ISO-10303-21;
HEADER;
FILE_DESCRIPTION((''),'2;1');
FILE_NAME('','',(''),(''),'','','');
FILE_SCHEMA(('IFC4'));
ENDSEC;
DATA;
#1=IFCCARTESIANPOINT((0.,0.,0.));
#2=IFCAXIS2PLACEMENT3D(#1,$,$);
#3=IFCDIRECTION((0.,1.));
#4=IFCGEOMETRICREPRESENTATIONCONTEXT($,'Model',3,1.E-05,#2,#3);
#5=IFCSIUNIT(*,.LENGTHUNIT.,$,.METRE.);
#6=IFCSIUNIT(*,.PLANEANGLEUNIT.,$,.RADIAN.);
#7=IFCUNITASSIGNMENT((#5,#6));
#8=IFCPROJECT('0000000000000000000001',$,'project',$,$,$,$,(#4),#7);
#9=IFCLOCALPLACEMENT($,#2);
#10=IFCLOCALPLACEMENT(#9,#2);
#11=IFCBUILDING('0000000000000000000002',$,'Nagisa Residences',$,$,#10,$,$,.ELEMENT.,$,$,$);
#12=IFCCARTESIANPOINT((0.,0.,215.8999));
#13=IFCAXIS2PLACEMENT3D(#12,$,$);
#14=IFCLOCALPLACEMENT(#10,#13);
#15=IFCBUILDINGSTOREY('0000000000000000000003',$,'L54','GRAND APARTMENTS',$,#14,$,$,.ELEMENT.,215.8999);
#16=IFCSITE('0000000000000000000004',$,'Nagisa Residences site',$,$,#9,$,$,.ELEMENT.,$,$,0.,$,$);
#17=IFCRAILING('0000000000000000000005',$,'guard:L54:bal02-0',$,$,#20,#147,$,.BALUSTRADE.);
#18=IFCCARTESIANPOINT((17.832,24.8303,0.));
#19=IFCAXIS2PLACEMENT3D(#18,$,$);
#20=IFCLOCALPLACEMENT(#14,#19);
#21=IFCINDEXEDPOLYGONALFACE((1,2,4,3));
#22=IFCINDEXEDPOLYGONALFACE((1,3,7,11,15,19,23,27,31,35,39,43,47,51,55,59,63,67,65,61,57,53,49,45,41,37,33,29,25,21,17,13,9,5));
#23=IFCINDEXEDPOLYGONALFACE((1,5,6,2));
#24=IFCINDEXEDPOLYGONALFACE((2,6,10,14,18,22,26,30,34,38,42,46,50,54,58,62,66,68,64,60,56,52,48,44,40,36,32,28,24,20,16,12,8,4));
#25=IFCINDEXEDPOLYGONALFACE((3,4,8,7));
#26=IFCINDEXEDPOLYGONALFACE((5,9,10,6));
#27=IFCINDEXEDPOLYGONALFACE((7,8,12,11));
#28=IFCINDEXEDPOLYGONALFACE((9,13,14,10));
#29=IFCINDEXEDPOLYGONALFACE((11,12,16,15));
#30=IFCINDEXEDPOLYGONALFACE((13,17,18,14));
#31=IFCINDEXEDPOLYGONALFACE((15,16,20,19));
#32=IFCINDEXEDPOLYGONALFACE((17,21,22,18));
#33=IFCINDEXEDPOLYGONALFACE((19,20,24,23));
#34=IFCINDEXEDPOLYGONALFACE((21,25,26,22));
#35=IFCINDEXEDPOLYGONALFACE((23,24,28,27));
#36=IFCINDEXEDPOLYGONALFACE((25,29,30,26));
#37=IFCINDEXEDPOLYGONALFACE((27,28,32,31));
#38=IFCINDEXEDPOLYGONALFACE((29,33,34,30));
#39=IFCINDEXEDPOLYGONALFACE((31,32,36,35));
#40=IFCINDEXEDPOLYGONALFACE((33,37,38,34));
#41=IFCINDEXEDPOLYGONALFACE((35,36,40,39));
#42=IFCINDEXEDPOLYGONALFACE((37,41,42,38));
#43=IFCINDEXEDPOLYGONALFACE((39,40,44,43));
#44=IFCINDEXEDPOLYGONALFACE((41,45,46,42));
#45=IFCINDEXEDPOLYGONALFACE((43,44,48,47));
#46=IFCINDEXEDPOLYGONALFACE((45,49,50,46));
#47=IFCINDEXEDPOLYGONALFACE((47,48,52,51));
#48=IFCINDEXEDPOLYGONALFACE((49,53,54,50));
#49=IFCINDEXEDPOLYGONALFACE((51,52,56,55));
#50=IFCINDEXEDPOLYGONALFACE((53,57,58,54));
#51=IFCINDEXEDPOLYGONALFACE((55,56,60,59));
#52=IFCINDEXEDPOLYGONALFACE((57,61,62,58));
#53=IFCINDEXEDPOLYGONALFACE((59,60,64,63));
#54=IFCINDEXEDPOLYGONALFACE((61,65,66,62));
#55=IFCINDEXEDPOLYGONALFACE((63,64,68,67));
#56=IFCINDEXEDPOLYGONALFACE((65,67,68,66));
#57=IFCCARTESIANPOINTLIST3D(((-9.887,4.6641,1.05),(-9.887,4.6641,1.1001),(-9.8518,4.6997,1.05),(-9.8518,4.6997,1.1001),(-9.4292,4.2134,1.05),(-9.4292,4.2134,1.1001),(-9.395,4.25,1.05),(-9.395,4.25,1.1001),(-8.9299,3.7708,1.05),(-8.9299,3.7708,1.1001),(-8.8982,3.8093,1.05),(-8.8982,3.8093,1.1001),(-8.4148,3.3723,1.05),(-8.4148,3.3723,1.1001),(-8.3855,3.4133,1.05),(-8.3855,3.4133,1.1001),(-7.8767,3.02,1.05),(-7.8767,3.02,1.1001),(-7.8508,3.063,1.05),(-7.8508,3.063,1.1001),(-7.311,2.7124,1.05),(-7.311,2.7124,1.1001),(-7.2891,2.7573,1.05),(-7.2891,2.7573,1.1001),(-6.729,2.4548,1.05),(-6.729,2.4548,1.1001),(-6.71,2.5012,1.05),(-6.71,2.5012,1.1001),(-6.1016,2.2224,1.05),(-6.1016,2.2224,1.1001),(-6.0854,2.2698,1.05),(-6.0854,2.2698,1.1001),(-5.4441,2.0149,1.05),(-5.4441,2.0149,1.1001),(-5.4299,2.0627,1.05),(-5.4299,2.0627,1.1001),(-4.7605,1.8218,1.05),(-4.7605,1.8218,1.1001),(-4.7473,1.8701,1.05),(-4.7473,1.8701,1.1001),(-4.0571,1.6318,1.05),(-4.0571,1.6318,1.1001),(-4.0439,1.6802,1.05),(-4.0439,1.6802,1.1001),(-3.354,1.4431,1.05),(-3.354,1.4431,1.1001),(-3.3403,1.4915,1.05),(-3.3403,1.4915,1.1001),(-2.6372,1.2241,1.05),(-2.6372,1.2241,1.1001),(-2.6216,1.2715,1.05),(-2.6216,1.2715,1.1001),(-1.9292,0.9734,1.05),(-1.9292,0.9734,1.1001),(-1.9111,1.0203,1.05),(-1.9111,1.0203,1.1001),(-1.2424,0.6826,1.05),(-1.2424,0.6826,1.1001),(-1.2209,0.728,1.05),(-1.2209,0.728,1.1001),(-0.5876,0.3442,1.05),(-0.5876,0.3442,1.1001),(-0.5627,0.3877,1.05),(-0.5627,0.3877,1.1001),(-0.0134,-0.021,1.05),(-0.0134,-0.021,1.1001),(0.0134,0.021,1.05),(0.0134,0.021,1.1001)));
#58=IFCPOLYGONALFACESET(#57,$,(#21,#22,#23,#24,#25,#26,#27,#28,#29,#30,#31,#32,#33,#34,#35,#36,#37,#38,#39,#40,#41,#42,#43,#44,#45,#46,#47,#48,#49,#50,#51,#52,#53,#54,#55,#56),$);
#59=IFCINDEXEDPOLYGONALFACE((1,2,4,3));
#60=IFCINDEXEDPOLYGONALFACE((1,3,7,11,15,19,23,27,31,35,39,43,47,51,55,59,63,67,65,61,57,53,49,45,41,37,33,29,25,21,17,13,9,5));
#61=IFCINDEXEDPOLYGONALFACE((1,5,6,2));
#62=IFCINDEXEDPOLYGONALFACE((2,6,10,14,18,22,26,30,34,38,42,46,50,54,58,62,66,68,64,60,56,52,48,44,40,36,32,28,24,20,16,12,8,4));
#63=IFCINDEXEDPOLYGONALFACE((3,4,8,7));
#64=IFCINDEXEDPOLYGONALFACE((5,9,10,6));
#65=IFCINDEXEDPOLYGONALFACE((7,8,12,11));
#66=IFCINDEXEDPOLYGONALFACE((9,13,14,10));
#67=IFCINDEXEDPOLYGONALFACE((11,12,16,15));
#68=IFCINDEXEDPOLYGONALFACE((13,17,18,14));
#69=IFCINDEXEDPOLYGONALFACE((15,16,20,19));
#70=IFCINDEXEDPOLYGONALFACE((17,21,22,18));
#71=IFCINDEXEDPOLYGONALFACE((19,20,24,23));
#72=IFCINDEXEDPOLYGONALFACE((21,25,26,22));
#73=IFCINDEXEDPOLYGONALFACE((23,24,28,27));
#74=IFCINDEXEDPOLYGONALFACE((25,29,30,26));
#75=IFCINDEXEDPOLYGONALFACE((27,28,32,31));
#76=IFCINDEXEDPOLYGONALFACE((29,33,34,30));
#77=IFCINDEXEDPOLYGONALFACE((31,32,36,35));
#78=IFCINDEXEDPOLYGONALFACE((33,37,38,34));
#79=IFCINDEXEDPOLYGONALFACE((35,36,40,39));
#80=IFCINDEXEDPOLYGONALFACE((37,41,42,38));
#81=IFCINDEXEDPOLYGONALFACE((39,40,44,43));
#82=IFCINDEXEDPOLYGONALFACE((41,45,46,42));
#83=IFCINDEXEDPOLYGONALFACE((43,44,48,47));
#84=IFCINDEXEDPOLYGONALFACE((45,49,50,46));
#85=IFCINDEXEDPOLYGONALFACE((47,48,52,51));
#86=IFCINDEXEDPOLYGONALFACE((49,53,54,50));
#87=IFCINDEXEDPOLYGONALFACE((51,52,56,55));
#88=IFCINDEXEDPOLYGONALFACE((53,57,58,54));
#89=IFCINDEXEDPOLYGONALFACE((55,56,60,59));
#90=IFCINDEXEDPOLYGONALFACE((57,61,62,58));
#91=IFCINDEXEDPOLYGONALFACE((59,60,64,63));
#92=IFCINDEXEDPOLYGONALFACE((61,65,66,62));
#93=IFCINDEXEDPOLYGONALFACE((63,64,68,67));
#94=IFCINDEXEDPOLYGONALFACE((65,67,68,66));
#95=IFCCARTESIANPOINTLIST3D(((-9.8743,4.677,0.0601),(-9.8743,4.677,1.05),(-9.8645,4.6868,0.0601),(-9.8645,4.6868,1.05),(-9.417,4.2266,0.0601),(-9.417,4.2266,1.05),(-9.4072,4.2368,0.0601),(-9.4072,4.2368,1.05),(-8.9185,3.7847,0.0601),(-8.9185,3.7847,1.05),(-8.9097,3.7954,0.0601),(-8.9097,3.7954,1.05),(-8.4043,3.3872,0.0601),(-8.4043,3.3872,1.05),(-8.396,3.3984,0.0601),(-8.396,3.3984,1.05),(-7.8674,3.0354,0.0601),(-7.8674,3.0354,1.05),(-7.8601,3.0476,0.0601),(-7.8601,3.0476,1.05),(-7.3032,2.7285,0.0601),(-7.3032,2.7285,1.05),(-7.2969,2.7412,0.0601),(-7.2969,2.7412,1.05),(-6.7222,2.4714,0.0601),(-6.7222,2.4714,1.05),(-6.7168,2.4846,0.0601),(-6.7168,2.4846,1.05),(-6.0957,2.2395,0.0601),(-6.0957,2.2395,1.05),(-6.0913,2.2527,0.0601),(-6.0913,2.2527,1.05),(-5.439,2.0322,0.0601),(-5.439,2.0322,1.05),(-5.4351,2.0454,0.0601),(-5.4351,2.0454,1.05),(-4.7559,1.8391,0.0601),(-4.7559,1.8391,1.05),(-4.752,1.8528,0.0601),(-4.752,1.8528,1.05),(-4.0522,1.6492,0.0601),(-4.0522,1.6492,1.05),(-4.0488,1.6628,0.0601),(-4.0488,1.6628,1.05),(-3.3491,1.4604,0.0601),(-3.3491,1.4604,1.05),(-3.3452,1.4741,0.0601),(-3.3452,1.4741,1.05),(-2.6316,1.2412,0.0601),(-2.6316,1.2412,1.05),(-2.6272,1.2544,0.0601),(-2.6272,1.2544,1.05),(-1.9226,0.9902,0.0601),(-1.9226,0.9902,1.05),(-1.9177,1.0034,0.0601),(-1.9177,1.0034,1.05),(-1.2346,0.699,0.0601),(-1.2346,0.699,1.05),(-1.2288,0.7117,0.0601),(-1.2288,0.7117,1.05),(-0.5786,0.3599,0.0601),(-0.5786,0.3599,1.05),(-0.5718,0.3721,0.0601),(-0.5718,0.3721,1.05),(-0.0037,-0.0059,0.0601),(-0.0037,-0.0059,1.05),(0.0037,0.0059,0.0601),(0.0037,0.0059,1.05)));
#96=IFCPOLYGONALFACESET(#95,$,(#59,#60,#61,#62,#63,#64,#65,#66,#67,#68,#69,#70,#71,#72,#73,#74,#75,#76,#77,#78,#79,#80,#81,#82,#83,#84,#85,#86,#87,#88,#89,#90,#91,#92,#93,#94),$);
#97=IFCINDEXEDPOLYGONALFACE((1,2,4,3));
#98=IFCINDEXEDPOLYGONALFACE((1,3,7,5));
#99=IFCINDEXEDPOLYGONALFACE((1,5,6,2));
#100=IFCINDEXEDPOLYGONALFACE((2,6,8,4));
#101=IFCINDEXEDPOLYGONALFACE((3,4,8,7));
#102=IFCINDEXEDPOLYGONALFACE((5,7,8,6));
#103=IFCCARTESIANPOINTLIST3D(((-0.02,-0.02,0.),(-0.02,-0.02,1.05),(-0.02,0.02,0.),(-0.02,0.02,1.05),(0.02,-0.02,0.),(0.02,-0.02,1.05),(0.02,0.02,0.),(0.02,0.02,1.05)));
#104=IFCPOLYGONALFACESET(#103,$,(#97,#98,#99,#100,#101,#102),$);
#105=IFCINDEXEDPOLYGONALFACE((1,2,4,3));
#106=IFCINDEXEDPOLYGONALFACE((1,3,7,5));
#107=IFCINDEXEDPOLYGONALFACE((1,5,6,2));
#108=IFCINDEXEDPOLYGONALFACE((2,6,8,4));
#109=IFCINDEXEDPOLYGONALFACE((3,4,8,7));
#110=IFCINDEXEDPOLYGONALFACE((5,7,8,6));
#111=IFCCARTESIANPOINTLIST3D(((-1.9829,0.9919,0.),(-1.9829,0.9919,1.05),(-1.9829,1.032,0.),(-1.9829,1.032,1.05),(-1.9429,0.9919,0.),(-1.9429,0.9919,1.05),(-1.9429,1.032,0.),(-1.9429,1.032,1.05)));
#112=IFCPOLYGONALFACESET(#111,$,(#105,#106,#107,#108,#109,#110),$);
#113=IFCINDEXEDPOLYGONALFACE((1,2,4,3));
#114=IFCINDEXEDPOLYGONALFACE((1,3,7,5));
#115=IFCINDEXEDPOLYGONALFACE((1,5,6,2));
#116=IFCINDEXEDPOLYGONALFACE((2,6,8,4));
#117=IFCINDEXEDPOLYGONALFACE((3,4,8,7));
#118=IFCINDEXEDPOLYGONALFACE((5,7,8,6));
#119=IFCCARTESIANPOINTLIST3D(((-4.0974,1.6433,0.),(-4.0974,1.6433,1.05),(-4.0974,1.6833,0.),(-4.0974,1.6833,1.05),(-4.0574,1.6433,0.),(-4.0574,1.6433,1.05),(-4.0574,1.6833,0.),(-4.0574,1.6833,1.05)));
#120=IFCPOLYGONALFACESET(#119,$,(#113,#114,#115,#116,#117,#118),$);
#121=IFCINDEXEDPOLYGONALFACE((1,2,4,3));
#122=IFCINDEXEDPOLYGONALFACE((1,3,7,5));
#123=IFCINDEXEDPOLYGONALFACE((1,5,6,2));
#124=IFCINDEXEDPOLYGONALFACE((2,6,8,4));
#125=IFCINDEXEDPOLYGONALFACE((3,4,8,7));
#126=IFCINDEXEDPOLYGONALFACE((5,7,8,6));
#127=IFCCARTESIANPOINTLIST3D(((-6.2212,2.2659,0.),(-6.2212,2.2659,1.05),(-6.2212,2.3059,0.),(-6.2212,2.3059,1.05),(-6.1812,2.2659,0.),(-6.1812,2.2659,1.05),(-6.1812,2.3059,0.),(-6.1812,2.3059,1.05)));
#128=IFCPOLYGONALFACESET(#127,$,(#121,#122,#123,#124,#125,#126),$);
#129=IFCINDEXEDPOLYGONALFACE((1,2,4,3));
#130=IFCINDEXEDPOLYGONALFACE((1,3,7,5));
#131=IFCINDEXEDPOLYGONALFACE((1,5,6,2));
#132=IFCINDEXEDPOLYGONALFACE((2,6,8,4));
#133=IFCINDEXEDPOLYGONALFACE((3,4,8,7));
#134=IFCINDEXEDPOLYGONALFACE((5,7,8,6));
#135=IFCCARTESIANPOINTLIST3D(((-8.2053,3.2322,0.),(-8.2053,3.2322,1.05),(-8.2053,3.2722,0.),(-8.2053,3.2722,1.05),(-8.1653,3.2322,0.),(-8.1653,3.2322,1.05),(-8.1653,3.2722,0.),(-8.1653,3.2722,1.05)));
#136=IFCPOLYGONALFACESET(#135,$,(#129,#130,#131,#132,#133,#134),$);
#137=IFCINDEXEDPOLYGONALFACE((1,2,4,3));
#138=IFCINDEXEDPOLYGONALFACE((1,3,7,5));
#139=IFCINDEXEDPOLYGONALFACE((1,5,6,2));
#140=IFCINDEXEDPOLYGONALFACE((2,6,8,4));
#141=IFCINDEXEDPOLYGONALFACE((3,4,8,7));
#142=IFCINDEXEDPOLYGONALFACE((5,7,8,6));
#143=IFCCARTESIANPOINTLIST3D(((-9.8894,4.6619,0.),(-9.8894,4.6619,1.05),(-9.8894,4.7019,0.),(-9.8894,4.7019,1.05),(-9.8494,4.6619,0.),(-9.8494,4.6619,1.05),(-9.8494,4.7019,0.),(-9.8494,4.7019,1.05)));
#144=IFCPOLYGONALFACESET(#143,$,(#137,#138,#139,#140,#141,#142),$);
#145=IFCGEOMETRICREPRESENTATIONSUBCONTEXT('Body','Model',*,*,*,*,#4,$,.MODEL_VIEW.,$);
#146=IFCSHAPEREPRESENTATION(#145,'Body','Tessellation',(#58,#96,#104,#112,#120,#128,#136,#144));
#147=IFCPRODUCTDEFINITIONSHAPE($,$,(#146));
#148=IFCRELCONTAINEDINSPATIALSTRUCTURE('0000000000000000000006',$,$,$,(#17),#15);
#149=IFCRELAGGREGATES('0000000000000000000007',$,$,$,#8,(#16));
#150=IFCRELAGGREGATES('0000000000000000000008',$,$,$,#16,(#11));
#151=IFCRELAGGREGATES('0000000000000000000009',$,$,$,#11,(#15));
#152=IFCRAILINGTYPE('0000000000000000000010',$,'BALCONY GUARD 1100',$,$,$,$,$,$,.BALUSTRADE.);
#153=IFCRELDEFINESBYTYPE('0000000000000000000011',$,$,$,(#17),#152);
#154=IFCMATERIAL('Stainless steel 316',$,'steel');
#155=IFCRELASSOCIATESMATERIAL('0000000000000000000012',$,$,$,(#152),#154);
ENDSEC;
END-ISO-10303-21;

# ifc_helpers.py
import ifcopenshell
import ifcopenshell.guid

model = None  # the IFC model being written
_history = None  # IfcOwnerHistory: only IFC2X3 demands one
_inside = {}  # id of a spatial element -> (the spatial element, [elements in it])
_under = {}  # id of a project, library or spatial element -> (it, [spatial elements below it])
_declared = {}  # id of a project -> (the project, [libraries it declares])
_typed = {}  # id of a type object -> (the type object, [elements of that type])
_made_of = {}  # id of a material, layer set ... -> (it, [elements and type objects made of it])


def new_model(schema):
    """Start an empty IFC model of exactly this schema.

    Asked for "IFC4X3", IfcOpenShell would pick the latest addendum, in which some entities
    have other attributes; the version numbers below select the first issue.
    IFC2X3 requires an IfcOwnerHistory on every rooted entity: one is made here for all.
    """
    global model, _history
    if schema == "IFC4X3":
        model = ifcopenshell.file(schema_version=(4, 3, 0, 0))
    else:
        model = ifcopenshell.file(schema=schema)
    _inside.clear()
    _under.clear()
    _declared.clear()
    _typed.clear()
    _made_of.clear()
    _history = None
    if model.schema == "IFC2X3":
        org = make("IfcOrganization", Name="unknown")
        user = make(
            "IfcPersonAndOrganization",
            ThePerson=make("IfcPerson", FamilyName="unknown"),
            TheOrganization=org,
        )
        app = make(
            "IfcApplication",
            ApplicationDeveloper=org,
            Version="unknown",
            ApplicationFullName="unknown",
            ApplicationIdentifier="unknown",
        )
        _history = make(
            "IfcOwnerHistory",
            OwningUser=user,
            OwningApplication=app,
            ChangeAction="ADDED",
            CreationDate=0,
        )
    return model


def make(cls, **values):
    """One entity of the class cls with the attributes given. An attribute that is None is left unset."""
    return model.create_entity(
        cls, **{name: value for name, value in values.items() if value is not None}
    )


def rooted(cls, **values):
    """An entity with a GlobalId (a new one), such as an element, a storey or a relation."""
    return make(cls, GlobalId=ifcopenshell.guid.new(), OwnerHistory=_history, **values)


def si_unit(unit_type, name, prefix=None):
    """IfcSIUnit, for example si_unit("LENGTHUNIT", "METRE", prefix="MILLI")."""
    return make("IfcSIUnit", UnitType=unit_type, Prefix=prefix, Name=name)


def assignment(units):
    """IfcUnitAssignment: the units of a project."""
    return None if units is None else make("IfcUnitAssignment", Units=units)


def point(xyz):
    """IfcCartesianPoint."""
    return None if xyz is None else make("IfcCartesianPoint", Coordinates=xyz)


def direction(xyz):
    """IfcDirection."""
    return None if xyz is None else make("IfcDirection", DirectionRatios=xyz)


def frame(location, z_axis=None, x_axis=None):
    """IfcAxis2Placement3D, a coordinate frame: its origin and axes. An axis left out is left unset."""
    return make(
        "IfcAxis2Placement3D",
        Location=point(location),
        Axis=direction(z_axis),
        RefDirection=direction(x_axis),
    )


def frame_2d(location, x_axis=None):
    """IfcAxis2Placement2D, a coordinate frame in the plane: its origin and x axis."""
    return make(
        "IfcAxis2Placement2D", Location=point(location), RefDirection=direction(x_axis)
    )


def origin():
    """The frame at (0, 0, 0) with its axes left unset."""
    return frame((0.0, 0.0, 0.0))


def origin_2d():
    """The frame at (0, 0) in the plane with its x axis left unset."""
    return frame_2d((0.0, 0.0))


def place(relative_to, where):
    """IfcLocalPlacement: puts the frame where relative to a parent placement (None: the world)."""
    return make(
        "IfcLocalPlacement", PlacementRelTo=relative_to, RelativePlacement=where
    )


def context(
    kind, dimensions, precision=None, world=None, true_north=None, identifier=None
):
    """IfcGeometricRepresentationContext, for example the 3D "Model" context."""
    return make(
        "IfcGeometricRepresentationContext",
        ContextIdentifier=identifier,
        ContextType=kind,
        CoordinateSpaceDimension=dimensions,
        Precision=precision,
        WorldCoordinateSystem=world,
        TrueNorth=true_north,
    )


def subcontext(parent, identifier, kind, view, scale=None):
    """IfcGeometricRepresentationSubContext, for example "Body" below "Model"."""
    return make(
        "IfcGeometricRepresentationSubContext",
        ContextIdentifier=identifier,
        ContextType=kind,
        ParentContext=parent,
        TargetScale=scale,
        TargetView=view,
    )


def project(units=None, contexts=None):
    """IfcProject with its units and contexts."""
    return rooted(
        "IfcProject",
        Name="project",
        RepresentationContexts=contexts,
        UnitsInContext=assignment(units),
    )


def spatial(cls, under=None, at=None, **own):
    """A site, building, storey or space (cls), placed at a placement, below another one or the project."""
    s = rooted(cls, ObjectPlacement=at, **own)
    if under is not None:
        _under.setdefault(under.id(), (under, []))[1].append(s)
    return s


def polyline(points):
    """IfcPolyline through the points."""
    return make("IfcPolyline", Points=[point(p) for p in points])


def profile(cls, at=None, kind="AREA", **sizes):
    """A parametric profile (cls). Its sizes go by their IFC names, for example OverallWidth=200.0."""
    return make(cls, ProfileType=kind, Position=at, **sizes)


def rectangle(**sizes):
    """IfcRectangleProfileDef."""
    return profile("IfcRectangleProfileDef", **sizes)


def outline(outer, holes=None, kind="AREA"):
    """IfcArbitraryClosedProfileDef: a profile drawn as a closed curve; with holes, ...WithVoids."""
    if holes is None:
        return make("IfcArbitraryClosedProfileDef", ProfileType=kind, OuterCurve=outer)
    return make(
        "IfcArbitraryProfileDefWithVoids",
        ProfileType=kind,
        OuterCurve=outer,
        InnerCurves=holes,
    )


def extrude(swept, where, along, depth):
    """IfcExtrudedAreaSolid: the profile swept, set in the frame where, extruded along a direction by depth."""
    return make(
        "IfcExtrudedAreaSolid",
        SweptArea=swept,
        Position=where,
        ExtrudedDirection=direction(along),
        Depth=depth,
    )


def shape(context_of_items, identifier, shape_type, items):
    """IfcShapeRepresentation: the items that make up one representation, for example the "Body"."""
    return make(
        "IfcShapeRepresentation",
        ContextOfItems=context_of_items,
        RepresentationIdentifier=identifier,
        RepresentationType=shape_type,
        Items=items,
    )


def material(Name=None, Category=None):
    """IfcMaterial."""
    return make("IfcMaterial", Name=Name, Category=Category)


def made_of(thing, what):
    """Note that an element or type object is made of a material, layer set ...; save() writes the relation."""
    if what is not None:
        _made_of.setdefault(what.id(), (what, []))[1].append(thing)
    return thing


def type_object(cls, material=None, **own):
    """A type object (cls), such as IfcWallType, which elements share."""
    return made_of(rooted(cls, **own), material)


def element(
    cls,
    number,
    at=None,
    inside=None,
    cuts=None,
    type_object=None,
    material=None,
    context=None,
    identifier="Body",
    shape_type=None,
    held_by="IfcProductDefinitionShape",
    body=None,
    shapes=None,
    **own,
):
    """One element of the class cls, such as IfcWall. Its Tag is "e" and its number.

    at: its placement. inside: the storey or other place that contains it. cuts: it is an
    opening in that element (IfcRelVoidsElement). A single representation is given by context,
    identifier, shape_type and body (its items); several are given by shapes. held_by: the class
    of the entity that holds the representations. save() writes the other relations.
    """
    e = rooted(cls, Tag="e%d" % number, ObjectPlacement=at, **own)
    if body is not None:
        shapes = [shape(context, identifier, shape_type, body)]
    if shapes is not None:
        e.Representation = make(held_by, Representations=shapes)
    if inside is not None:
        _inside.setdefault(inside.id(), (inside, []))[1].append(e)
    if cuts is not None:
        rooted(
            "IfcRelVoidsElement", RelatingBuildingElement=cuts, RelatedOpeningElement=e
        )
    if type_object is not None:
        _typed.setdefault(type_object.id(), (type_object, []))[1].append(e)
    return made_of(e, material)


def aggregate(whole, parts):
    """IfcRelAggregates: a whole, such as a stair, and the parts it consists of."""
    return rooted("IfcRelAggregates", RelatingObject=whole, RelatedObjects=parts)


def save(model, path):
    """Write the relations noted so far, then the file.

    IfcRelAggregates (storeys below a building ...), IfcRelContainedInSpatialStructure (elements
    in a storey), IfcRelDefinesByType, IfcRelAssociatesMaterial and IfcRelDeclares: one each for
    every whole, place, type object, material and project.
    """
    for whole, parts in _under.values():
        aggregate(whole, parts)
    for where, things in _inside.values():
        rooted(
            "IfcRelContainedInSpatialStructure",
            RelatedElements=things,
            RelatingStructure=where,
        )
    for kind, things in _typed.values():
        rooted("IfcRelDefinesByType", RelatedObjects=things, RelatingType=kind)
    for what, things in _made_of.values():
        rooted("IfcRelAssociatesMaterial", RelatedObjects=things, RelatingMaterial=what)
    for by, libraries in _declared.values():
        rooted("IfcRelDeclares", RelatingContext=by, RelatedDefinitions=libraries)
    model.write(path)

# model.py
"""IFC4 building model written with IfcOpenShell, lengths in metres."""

from ifc_helpers import new_model, si_unit, direction, frame, origin, origin_2d, place, context, subcontext, project, spatial, polyline, rectangle, outline, extrude, material, type_object, element, save


model = new_model("IFC4")

# Units and contexts
model_context = context("Model", 3, precision=1e-05, world=origin(), true_north=direction((0.0, 1.0)))
body_context = subcontext(model_context, "Body", "Model", "MODEL_VIEW")
ifc_project = project(units=[si_unit("LENGTHUNIT", "METRE"), si_unit("PLANEANGLEUNIT", "RADIAN")], contexts=[model_context])

# Site, building, storey
site_placement = place(None, origin())
site = spatial("IfcSite", under=ifc_project, at=site_placement, Name="Nagisa Residences site", CompositionType="ELEMENT", RefElevation=0.0)
building_placement = place(site_placement, origin())
building = spatial("IfcBuilding", under=site, at=building_placement, Name="Nagisa Residences", CompositionType="ELEMENT")
storey_placement = place(building_placement, frame((0.0, 0.0, 215.8999)))
storey = spatial("IfcBuildingStorey", under=building, at=storey_placement, Name="L54", Description="GRAND APARTMENTS", CompositionType="ELEMENT", Elevation=215.8999)

# Railing
ifc_material_1 = material(Name="Stainless steel 316", Category="steel")
railing_type = type_object("IfcRailingType", Name="BALCONY GUARD 1100", PredefinedType="BALUSTRADE", material=ifc_material_1)
railing_1_placement = place(storey_placement, frame((17.832, 24.8303, 0.0)))
element("IfcRailing", 1, at=railing_1_placement, inside=storey, type_object=railing_type, Name="guard:L54:bal02-0", PredefinedType="BALUSTRADE", context=body_context, shape_type="SweptSolid", body=[
    extrude(outline(polyline([(-0.5876, 0.3442), (-0.0134, -0.021), (0.0134, 0.021), (-0.5627, 0.3877), (-1.2209, 0.728), (-1.9111, 1.0203), (-2.6216, 1.2715), (-3.3403, 1.4915), (-4.0439, 1.6802), (-4.7473, 1.8701), (-5.4299, 2.0627), (-6.0854, 2.2698), (-6.71, 2.5012), (-7.2891, 2.7573), (-7.8508, 3.063), (-8.3855, 3.4133), (-8.8982, 3.8093), (-9.395, 4.25), (-9.8518, 4.6997), (-9.887, 4.6641), (-9.4292, 4.2134), (-8.9299, 3.7708), (-8.4148, 3.3723), (-7.8767, 3.02), (-7.311, 2.7124), (-6.729, 2.4548), (-6.1016, 2.2224), (-5.4441, 2.0149), (-4.7605, 1.8218), (-4.0571, 1.6318), (-3.354, 1.4431), (-2.6372, 1.2241), (-1.9292, 0.9734), (-1.2424, 0.6826), (-0.5876, 0.3442)])), frame((0.0, 0.0, 1.05)), (0.0, 0.0, 1.0), 0.05),
    extrude(outline(polyline([(-0.5786, 0.3599), (-0.0037, -0.0059), (0.0037, 0.0059), (-0.5718, 0.3721), (-1.2288, 0.7117), (-1.9177, 1.0034), (-2.6272, 1.2544), (-3.3452, 1.4741), (-4.0488, 1.6628), (-4.752, 1.8528), (-5.4351, 2.0454), (-6.0913, 2.2527), (-6.7168, 2.4846), (-7.2969, 2.7412), (-7.8601, 3.0476), (-8.396, 3.3984), (-8.9097, 3.7954), (-9.4072, 4.2368), (-9.8645, 4.6868), (-9.8743, 4.677), (-9.417, 4.2266), (-8.9185, 3.7847), (-8.4043, 3.3872), (-7.8674, 3.0354), (-7.3032, 2.7285), (-6.7222, 2.4714), (-6.0957, 2.2395), (-5.439, 2.0322), (-4.7559, 1.8391), (-4.0522, 1.6492), (-3.3491, 1.4604), (-2.6316, 1.2412), (-1.9226, 0.9902), (-1.2346, 0.699), (-0.5786, 0.3599)])), frame((0.0, 0.0, 0.0601)), (0.0, 0.0, 1.0), 0.99),
    extrude(rectangle(XDim=0.04, YDim=0.04, at=origin_2d()), origin(), (0.0, 0.0, 1.0), 1.05),
    extrude(rectangle(XDim=0.04, YDim=0.04, at=origin_2d()), frame((-1.9629, 1.012, 0.0)), (0.0, 0.0, 1.0), 1.05),
    extrude(rectangle(XDim=0.04, YDim=0.04, at=origin_2d()), frame((-4.0774, 1.6633, 0.0)), (0.0, 0.0, 1.0), 1.05),
    extrude(rectangle(XDim=0.04, YDim=0.04, at=origin_2d()), frame((-6.2012, 2.2859, 0.0)), (0.0, 0.0, 1.0), 1.05),
    extrude(rectangle(XDim=0.04, YDim=0.04, at=origin_2d()), frame((-8.1853, 3.2522, 0.0)), (0.0, 0.0, 1.0), 1.05),
    extrude(rectangle(XDim=0.04, YDim=0.04, at=origin_2d()), frame((-9.8694, 4.6819, 0.0)), (0.0, 0.0, 1.0), 1.05),
])

save(model, "model.ifc")
